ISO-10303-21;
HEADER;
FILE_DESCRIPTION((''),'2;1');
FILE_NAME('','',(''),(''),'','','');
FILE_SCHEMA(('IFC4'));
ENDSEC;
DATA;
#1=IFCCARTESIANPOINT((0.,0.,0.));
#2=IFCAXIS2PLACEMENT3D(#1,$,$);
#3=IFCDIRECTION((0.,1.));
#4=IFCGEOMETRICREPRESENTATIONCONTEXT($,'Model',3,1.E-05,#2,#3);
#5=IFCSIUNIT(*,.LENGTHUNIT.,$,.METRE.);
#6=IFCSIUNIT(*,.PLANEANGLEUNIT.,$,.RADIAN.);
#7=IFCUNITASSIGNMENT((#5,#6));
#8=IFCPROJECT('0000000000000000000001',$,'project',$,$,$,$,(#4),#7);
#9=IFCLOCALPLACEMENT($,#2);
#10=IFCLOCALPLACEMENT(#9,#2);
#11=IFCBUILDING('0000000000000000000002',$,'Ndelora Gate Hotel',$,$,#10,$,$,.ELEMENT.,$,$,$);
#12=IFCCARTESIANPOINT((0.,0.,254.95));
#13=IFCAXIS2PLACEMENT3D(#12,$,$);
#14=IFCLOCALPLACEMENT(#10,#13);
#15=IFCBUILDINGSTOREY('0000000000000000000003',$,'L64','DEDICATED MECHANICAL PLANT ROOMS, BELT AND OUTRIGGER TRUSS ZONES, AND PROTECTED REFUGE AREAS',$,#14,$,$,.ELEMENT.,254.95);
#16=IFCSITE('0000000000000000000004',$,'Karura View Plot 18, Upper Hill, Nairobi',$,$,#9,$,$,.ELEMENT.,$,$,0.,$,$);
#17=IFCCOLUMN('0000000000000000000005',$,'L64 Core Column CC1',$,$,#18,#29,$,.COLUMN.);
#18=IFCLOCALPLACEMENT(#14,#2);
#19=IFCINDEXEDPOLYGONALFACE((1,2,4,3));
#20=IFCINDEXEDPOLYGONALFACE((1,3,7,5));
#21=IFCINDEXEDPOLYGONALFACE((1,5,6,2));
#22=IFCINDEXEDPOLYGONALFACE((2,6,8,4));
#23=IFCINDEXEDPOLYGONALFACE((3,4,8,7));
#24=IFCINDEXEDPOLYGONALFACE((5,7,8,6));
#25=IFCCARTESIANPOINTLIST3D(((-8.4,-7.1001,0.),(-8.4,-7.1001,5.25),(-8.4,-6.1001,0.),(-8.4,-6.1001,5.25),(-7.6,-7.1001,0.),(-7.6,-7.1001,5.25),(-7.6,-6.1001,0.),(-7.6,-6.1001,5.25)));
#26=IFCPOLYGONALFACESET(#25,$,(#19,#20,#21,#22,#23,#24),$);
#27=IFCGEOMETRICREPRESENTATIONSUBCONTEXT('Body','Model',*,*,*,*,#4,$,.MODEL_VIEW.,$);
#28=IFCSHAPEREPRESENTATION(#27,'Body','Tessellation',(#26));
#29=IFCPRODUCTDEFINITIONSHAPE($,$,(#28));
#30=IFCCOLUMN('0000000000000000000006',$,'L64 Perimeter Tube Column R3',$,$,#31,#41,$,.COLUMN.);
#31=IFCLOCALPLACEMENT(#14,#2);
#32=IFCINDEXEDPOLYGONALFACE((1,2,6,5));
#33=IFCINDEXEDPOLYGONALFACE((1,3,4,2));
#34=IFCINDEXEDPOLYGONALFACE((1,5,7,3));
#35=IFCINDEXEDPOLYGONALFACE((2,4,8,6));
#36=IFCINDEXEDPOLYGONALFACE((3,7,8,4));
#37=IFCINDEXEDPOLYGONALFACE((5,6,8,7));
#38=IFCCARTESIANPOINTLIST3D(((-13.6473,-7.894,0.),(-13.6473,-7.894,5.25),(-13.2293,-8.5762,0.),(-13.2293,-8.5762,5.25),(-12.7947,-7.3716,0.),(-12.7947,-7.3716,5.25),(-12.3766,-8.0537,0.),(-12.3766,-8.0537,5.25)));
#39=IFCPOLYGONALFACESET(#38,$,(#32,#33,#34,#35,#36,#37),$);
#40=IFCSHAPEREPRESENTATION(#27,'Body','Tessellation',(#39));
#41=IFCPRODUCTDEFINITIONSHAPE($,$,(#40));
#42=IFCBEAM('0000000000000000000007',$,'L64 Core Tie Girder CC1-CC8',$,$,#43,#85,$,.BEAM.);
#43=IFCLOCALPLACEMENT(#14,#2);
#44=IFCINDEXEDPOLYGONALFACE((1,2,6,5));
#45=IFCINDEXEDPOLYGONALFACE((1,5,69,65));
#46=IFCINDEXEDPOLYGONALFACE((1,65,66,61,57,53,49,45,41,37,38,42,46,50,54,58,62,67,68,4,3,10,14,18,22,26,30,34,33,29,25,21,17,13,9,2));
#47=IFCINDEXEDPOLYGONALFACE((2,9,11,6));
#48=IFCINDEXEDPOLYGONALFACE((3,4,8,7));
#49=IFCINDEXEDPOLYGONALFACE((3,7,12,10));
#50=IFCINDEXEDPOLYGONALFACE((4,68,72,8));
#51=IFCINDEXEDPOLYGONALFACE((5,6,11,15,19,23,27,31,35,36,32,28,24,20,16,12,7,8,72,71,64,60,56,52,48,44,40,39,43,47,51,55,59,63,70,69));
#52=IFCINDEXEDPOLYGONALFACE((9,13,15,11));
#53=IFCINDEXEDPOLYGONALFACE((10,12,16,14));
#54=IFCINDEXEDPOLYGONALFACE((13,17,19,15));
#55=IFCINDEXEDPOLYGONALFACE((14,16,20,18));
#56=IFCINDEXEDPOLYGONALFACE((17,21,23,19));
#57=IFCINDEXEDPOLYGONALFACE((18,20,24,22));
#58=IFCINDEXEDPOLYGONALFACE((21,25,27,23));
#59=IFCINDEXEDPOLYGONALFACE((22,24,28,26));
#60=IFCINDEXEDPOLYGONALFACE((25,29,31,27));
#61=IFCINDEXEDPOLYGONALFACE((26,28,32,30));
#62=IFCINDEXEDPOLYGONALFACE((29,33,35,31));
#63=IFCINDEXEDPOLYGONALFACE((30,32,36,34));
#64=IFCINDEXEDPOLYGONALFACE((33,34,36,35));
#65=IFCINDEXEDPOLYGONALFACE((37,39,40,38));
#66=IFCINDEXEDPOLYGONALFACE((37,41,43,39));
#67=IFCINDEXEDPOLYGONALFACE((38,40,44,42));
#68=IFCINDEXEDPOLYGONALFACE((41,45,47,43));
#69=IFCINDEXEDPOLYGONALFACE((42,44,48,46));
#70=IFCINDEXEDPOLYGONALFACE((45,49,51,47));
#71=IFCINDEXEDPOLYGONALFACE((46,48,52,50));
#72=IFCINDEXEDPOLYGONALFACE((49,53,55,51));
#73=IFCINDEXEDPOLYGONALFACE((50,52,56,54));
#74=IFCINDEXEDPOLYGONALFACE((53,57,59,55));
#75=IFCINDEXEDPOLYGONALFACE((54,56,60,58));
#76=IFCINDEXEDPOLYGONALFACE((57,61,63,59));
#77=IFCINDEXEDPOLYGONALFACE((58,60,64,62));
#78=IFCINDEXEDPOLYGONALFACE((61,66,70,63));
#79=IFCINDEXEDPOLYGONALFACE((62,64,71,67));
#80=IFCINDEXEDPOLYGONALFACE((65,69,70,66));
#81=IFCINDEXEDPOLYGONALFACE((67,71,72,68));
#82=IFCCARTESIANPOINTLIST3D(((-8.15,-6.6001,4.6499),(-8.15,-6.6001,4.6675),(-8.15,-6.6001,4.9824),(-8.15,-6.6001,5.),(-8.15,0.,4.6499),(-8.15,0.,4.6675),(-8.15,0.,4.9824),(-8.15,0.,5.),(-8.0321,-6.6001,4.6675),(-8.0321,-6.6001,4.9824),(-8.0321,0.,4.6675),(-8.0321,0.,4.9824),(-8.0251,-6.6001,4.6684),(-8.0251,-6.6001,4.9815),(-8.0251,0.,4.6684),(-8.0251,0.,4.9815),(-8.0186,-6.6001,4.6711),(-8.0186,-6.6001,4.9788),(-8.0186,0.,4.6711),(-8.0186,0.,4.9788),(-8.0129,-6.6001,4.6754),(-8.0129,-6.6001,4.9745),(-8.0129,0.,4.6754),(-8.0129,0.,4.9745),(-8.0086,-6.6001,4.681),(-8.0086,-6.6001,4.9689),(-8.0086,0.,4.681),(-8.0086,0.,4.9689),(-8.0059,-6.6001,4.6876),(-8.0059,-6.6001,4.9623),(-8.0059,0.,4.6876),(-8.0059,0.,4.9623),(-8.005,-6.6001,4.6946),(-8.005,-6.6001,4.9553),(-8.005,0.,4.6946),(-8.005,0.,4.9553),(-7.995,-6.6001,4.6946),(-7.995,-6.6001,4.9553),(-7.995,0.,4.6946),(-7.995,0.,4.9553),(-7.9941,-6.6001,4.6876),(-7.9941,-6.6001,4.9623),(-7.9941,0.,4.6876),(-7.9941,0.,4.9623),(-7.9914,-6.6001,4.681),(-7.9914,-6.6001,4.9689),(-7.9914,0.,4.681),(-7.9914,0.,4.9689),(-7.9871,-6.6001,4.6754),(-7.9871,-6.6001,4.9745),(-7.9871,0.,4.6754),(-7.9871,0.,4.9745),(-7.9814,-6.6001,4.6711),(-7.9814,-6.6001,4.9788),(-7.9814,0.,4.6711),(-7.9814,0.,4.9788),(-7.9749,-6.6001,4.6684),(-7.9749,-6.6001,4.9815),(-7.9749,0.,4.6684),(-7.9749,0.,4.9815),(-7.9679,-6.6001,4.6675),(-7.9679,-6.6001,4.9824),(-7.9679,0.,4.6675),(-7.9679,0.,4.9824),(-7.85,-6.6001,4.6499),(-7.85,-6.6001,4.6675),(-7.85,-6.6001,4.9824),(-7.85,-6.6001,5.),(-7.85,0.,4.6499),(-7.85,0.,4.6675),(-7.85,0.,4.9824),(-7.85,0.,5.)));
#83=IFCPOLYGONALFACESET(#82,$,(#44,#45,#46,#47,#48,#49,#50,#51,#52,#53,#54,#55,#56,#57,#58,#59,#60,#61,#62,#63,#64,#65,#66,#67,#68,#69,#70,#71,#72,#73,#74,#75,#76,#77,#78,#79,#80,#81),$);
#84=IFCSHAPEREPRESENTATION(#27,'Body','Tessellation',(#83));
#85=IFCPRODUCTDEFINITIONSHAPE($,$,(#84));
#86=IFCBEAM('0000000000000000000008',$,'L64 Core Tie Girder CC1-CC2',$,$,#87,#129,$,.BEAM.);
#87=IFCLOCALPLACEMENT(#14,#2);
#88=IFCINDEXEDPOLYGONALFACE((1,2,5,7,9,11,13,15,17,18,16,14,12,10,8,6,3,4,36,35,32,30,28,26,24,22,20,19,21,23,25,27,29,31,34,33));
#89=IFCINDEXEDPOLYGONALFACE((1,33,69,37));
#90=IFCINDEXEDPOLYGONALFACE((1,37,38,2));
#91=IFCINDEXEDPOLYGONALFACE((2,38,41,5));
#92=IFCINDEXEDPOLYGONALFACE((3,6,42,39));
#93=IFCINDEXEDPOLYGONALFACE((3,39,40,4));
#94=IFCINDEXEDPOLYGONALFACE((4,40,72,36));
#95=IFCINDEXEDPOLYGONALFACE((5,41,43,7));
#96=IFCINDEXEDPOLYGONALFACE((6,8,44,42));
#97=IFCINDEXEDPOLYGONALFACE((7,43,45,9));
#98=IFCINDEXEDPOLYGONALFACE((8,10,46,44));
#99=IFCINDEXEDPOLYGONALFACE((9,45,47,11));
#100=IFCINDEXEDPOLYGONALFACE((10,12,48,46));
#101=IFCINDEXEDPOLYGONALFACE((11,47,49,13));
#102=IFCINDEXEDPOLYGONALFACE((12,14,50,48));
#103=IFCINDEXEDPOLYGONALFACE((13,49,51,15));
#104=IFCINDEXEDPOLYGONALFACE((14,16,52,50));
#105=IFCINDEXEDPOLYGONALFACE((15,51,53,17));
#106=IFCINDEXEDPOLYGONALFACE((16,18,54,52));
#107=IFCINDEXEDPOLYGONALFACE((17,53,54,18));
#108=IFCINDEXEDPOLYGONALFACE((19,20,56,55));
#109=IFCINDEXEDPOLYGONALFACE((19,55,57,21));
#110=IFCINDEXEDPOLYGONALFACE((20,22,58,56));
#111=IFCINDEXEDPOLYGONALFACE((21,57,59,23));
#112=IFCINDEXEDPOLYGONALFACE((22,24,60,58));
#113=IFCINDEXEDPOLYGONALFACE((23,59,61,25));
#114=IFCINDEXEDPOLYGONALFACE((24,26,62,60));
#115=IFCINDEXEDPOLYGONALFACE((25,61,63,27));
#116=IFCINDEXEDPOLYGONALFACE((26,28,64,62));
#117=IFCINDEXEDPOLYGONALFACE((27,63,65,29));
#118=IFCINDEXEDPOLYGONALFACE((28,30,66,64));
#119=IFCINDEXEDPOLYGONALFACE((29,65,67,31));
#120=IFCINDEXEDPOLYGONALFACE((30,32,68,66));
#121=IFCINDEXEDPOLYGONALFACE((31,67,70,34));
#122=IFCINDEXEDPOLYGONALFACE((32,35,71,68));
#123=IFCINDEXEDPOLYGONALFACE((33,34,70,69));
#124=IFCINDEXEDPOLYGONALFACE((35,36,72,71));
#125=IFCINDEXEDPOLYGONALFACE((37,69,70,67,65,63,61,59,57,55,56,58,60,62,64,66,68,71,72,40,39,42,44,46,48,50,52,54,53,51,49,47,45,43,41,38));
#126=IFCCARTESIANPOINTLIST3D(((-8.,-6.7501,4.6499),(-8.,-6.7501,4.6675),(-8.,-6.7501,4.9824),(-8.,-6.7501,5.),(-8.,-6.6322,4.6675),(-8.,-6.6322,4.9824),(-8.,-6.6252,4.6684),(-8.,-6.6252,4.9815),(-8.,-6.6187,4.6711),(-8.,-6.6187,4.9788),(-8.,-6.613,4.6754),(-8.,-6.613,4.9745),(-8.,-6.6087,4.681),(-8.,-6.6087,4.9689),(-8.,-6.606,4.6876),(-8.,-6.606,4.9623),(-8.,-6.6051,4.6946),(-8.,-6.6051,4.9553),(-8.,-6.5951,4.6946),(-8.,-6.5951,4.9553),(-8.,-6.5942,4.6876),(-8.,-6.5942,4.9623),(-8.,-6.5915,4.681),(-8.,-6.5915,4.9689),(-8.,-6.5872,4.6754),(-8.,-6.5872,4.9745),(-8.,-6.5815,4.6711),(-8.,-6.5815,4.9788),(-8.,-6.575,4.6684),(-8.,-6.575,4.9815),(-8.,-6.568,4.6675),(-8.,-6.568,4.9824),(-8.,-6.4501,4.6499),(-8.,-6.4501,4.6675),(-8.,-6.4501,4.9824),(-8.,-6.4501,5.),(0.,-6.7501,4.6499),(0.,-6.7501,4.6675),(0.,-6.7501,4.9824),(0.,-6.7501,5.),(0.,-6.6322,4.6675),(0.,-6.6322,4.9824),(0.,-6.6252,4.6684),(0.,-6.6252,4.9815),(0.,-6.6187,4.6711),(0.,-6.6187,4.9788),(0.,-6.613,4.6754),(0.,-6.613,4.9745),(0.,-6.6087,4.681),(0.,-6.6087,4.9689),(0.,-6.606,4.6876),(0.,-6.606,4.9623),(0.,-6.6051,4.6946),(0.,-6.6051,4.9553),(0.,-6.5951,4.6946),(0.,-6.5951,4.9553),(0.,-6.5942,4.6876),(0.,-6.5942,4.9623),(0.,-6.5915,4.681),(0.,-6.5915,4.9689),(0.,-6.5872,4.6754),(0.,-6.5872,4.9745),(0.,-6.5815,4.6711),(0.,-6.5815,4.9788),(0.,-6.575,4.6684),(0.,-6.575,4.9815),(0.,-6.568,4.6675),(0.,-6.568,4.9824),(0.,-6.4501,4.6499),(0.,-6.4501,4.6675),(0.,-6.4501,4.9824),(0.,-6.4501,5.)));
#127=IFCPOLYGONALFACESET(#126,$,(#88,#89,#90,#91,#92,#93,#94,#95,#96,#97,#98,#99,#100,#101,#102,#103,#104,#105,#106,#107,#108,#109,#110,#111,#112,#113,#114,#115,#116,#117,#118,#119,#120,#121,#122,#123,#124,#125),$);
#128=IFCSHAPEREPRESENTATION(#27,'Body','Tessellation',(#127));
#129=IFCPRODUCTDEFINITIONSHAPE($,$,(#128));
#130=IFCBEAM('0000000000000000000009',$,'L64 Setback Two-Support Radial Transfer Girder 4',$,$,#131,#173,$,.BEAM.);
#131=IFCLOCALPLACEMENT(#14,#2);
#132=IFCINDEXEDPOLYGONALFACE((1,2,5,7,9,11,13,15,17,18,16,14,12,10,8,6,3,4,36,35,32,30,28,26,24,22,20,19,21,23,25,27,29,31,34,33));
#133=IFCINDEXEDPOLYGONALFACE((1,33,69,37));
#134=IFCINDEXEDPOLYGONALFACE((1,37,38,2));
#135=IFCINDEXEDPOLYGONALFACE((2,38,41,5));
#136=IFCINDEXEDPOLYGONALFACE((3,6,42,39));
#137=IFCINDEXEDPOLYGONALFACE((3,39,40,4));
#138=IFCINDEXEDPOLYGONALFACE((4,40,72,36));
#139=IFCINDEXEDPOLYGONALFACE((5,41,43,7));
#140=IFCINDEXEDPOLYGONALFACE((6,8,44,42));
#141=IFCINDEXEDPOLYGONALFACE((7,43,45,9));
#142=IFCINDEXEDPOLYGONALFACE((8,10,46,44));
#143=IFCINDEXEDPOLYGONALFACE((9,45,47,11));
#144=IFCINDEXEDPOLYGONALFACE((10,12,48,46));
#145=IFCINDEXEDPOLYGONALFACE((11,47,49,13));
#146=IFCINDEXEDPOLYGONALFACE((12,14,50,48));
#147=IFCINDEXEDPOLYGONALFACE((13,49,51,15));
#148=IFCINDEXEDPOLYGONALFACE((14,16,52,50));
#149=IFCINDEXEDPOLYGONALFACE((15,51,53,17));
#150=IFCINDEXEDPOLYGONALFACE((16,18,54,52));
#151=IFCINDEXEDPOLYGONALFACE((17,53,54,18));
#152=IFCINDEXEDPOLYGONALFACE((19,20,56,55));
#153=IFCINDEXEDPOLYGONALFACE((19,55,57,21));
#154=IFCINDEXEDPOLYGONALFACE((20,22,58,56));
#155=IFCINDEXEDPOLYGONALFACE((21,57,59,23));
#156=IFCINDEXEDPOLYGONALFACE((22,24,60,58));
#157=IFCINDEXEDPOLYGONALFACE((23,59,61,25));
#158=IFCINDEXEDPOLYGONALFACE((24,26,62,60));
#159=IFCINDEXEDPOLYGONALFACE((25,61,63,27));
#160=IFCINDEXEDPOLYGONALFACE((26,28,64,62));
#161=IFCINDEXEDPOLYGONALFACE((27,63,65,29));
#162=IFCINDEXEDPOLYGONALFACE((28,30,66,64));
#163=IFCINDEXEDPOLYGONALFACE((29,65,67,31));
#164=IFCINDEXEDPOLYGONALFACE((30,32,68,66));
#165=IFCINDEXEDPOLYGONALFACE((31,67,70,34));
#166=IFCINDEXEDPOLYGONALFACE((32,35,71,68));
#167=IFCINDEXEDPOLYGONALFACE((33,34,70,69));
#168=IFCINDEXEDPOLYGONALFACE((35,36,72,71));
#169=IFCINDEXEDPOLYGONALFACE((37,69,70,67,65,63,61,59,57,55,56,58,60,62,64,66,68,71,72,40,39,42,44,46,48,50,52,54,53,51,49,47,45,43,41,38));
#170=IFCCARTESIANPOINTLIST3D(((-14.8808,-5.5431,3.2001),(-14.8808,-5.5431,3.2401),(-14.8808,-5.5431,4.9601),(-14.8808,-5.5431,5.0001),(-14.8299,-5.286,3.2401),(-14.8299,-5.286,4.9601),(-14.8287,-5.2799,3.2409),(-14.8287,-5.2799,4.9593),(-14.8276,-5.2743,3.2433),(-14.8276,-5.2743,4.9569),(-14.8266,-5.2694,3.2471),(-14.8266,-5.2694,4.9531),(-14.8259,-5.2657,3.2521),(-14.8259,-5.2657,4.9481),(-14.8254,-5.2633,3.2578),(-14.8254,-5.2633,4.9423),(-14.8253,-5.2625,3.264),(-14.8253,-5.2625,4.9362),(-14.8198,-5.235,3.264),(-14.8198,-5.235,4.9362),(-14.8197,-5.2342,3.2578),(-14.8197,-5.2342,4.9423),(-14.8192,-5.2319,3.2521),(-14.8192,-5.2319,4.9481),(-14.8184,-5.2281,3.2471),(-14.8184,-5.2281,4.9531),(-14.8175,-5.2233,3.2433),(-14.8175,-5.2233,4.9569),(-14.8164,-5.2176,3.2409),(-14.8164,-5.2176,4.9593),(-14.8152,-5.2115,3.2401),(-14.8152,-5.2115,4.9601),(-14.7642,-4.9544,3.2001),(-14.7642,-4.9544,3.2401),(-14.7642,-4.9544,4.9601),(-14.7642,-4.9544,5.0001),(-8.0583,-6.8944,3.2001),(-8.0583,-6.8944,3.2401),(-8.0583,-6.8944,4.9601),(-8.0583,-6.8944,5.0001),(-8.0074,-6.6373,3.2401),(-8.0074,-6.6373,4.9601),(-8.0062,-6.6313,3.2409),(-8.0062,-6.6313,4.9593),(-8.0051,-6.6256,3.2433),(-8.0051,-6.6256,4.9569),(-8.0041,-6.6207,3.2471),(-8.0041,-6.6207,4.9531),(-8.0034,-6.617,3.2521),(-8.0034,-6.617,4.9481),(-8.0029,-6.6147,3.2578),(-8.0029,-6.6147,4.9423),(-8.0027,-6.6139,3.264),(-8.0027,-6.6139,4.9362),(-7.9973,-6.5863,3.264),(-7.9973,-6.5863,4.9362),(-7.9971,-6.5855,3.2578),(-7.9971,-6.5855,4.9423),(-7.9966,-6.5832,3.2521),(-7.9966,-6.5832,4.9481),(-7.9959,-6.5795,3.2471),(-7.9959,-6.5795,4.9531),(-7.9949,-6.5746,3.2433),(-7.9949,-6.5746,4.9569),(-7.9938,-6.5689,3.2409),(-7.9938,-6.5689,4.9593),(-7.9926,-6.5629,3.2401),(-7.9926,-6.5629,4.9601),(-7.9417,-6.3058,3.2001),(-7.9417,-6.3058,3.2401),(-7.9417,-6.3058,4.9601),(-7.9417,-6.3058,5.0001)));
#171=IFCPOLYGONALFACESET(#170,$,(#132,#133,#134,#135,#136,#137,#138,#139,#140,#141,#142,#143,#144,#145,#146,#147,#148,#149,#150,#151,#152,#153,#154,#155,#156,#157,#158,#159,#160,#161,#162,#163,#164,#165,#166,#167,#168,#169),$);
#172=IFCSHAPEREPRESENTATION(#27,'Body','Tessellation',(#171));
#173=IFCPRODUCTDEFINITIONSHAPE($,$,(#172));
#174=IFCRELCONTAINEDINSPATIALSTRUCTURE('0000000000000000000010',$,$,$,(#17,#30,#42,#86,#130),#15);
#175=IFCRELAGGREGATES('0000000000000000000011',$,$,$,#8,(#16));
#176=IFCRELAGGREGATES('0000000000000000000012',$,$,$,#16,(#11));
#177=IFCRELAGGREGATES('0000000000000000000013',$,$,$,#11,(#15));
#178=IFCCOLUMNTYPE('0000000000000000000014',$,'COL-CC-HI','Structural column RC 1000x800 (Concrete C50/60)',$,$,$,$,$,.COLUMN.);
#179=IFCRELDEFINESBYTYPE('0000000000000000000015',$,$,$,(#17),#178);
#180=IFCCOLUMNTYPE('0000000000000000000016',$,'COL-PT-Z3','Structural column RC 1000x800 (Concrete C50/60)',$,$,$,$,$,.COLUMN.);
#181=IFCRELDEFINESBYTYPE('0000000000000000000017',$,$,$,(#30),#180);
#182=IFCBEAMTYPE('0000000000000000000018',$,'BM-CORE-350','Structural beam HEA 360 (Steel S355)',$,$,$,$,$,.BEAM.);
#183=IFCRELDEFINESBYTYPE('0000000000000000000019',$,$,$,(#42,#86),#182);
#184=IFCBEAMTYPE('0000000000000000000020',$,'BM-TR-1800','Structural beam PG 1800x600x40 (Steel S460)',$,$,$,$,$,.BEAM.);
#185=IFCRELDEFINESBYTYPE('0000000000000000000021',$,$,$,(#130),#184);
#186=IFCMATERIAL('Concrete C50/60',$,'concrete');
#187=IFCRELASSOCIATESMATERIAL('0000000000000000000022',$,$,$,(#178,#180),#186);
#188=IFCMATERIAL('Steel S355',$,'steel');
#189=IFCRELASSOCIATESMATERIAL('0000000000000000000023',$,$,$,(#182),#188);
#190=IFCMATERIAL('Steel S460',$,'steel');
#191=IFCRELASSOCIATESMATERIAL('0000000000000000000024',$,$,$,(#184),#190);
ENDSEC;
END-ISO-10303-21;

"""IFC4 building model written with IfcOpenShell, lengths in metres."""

from ifc_helpers import new_model, si_unit, direction, frame, origin, origin_2d, place, context, subcontext, project, spatial, rectangle, i_section, extrude, material, material_profile, profile_set, type_object, element, save


model = new_model("IFC4")

# Units and contexts
model_context = context("Model", 3, precision=1e-05, world=origin(), true_north=direction((0.0, 1.0)))
body_context = subcontext(model_context, "Body", "Model", "MODEL_VIEW")
ifc_project = project(units=[si_unit("LENGTHUNIT", "METRE"), si_unit("PLANEANGLEUNIT", "RADIAN")], contexts=[model_context])

# Site, building, storey
site_placement = place(None, origin())
site = spatial("IfcSite", under=ifc_project, at=site_placement, Name="Karura View Plot 18, Upper Hill, Nairobi", CompositionType="ELEMENT", RefElevation=0.0)
building_placement = place(site_placement, origin())
building = spatial("IfcBuilding", under=site, at=building_placement, Name="Ndelora Gate Hotel", CompositionType="ELEMENT")
storey_placement = place(building_placement, frame((0.0, 0.0, 254.95)))
storey = spatial("IfcBuildingStorey", under=building, at=storey_placement, Name="L64", Description="DEDICATED MECHANICAL PLANT ROOMS, BELT AND OUTRIGGER TRUSS ZONES, AND PROTECTED REFUGE AREAS", CompositionType="ELEMENT", Elevation=254.95)

# Columns
ifc_material_1 = material(Name="Concrete C50/60", Category="concrete")
ifc_material_profile_1 = material_profile(ifc_material_1, rectangle(XDim=0.8, YDim=1.0, at=origin_2d()), Name="RC 1000x800")
ifc_profile_set_1 = profile_set([ifc_material_profile_1], Name="Concrete C50/60")
column_type_1 = type_object("IfcColumnType", Name="COL-CC-HI", Description="Structural column RC 1000x800 (Concrete C50/60)", PredefinedType="COLUMN", material=ifc_profile_set_1)
column_1_placement = place(storey_placement, frame((-8.0, -6.6001, 0.0), z_axis=(0.0, 0.0, 1.0), x_axis=(1.0, 0.0, 0.0)))
element("IfcColumn", 1, at=column_1_placement, inside=storey, type_object=column_type_1, Name="L64 Core Column CC1", PredefinedType="COLUMN", context=body_context, shape_type="SweptSolid", body=[
    extrude(rectangle(XDim=0.8, YDim=1.0, at=origin_2d()), origin(), (0.0, 0.0, 1.0), 5.25),
])
ifc_material_profile_2 = material_profile(ifc_material_1, rectangle(XDim=0.8, YDim=1.0, at=origin_2d()), Name="RC 1000x800")
ifc_profile_set_2 = profile_set([ifc_material_profile_2], Name="Concrete C50/60")
column_type_2 = type_object("IfcColumnType", Name="COL-PT-Z3", Description="Structural column RC 1000x800 (Concrete C50/60)", PredefinedType="COLUMN", material=ifc_profile_set_2)
column_2_placement = place(storey_placement, frame((-13.012, -7.9739, 0.0), z_axis=(0.0, 0.0, 1.0), x_axis=(-0.522499, 0.85264, 0.0)))
element("IfcColumn", 2, at=column_2_placement, inside=storey, type_object=column_type_2, Name="L64 Perimeter Tube Column R3", PredefinedType="COLUMN", context=body_context, shape_type="SweptSolid", body=[
    extrude(rectangle(XDim=0.8, YDim=1.0, at=origin_2d()), origin(), (0.0, 0.0, 1.0), 5.25),
])

# Beams
ifc_material_2 = material(Name="Steel S355", Category="steel")
ifc_material_profile_3 = material_profile(ifc_material_2, i_section(OverallWidth=0.3, OverallDepth=0.3501, WebThickness=0.01, FlangeThickness=0.0176, FilletRadius=0.0271, at=origin_2d()), Name="HEA 360")
ifc_profile_set_3 = profile_set([ifc_material_profile_3], Name="Steel S355")
beam_type_1 = type_object("IfcBeamType", Name="BM-CORE-350", Description="Structural beam HEA 360 (Steel S355)", PredefinedType="BEAM", material=ifc_profile_set_3)
beam_1_placement = place(storey_placement, frame((-8.0, -6.6001, 4.825), z_axis=(0.0, 1.0, 0.0), x_axis=(-1.0, 0.0, 0.0)))
element("IfcBeam", 3, at=beam_1_placement, inside=storey, type_object=beam_type_1, Name="L64 Core Tie Girder CC1-CC8", PredefinedType="BEAM", context=body_context, shape_type="SweptSolid", body=[
    extrude(i_section(OverallWidth=0.3, OverallDepth=0.3501, WebThickness=0.01, FlangeThickness=0.0176, FilletRadius=0.0271, at=origin_2d()), origin(), (0.0, 0.0, 1.0), 6.6001),
])
beam_2_placement = place(storey_placement, frame((-8.0, -6.6001, 4.825), z_axis=(1.0, 0.0, 0.0), x_axis=(0.0, 1.0, 0.0)))
element("IfcBeam", 4, at=beam_2_placement, inside=storey, type_object=beam_type_1, Name="L64 Core Tie Girder CC1-CC2", PredefinedType="BEAM", context=body_context, shape_type="SweptSolid", body=[
    extrude(i_section(OverallWidth=0.3, OverallDepth=0.3501, WebThickness=0.01, FlangeThickness=0.0176, FilletRadius=0.0271, at=origin_2d()), origin(), (0.0, 0.0, 1.0), 8.0),
])
ifc_material_3 = material(Name="Steel S460", Category="steel")
ifc_material_profile_4 = material_profile(ifc_material_3, i_section(OverallWidth=0.6001, OverallDepth=1.8, WebThickness=0.0281, FlangeThickness=0.04, FilletRadius=0.0239, at=origin_2d()), Name="PG 1800x600x40")
ifc_profile_set_4 = profile_set([ifc_material_profile_4], Name="Steel S460")
beam_type_2 = type_object("IfcBeamType", Name="BM-TR-1800", Description="Structural beam PG 1800x600x40 (Steel S460)", PredefinedType="BEAM", material=ifc_profile_set_4)
beam_3_placement = place(storey_placement, frame((-8.0, -6.6001, 4.1001), z_axis=(-0.980944, 0.194293, 0.0), x_axis=(-0.194293, -0.980944, 0.0)))
element("IfcBeam", 5, at=beam_3_placement, inside=storey, type_object=beam_type_2, Name="L64 Setback Two-Support Radial Transfer Girder 4", PredefinedType="BEAM", context=body_context, shape_type="SweptSolid", body=[
    extrude(i_section(OverallWidth=0.6001, OverallDepth=1.8, WebThickness=0.0281, FlangeThickness=0.04, FilletRadius=0.0239, at=origin_2d()), origin(), (0.0, 0.0, 1.0), 6.9551),
])

save(model, "model.ifc")
